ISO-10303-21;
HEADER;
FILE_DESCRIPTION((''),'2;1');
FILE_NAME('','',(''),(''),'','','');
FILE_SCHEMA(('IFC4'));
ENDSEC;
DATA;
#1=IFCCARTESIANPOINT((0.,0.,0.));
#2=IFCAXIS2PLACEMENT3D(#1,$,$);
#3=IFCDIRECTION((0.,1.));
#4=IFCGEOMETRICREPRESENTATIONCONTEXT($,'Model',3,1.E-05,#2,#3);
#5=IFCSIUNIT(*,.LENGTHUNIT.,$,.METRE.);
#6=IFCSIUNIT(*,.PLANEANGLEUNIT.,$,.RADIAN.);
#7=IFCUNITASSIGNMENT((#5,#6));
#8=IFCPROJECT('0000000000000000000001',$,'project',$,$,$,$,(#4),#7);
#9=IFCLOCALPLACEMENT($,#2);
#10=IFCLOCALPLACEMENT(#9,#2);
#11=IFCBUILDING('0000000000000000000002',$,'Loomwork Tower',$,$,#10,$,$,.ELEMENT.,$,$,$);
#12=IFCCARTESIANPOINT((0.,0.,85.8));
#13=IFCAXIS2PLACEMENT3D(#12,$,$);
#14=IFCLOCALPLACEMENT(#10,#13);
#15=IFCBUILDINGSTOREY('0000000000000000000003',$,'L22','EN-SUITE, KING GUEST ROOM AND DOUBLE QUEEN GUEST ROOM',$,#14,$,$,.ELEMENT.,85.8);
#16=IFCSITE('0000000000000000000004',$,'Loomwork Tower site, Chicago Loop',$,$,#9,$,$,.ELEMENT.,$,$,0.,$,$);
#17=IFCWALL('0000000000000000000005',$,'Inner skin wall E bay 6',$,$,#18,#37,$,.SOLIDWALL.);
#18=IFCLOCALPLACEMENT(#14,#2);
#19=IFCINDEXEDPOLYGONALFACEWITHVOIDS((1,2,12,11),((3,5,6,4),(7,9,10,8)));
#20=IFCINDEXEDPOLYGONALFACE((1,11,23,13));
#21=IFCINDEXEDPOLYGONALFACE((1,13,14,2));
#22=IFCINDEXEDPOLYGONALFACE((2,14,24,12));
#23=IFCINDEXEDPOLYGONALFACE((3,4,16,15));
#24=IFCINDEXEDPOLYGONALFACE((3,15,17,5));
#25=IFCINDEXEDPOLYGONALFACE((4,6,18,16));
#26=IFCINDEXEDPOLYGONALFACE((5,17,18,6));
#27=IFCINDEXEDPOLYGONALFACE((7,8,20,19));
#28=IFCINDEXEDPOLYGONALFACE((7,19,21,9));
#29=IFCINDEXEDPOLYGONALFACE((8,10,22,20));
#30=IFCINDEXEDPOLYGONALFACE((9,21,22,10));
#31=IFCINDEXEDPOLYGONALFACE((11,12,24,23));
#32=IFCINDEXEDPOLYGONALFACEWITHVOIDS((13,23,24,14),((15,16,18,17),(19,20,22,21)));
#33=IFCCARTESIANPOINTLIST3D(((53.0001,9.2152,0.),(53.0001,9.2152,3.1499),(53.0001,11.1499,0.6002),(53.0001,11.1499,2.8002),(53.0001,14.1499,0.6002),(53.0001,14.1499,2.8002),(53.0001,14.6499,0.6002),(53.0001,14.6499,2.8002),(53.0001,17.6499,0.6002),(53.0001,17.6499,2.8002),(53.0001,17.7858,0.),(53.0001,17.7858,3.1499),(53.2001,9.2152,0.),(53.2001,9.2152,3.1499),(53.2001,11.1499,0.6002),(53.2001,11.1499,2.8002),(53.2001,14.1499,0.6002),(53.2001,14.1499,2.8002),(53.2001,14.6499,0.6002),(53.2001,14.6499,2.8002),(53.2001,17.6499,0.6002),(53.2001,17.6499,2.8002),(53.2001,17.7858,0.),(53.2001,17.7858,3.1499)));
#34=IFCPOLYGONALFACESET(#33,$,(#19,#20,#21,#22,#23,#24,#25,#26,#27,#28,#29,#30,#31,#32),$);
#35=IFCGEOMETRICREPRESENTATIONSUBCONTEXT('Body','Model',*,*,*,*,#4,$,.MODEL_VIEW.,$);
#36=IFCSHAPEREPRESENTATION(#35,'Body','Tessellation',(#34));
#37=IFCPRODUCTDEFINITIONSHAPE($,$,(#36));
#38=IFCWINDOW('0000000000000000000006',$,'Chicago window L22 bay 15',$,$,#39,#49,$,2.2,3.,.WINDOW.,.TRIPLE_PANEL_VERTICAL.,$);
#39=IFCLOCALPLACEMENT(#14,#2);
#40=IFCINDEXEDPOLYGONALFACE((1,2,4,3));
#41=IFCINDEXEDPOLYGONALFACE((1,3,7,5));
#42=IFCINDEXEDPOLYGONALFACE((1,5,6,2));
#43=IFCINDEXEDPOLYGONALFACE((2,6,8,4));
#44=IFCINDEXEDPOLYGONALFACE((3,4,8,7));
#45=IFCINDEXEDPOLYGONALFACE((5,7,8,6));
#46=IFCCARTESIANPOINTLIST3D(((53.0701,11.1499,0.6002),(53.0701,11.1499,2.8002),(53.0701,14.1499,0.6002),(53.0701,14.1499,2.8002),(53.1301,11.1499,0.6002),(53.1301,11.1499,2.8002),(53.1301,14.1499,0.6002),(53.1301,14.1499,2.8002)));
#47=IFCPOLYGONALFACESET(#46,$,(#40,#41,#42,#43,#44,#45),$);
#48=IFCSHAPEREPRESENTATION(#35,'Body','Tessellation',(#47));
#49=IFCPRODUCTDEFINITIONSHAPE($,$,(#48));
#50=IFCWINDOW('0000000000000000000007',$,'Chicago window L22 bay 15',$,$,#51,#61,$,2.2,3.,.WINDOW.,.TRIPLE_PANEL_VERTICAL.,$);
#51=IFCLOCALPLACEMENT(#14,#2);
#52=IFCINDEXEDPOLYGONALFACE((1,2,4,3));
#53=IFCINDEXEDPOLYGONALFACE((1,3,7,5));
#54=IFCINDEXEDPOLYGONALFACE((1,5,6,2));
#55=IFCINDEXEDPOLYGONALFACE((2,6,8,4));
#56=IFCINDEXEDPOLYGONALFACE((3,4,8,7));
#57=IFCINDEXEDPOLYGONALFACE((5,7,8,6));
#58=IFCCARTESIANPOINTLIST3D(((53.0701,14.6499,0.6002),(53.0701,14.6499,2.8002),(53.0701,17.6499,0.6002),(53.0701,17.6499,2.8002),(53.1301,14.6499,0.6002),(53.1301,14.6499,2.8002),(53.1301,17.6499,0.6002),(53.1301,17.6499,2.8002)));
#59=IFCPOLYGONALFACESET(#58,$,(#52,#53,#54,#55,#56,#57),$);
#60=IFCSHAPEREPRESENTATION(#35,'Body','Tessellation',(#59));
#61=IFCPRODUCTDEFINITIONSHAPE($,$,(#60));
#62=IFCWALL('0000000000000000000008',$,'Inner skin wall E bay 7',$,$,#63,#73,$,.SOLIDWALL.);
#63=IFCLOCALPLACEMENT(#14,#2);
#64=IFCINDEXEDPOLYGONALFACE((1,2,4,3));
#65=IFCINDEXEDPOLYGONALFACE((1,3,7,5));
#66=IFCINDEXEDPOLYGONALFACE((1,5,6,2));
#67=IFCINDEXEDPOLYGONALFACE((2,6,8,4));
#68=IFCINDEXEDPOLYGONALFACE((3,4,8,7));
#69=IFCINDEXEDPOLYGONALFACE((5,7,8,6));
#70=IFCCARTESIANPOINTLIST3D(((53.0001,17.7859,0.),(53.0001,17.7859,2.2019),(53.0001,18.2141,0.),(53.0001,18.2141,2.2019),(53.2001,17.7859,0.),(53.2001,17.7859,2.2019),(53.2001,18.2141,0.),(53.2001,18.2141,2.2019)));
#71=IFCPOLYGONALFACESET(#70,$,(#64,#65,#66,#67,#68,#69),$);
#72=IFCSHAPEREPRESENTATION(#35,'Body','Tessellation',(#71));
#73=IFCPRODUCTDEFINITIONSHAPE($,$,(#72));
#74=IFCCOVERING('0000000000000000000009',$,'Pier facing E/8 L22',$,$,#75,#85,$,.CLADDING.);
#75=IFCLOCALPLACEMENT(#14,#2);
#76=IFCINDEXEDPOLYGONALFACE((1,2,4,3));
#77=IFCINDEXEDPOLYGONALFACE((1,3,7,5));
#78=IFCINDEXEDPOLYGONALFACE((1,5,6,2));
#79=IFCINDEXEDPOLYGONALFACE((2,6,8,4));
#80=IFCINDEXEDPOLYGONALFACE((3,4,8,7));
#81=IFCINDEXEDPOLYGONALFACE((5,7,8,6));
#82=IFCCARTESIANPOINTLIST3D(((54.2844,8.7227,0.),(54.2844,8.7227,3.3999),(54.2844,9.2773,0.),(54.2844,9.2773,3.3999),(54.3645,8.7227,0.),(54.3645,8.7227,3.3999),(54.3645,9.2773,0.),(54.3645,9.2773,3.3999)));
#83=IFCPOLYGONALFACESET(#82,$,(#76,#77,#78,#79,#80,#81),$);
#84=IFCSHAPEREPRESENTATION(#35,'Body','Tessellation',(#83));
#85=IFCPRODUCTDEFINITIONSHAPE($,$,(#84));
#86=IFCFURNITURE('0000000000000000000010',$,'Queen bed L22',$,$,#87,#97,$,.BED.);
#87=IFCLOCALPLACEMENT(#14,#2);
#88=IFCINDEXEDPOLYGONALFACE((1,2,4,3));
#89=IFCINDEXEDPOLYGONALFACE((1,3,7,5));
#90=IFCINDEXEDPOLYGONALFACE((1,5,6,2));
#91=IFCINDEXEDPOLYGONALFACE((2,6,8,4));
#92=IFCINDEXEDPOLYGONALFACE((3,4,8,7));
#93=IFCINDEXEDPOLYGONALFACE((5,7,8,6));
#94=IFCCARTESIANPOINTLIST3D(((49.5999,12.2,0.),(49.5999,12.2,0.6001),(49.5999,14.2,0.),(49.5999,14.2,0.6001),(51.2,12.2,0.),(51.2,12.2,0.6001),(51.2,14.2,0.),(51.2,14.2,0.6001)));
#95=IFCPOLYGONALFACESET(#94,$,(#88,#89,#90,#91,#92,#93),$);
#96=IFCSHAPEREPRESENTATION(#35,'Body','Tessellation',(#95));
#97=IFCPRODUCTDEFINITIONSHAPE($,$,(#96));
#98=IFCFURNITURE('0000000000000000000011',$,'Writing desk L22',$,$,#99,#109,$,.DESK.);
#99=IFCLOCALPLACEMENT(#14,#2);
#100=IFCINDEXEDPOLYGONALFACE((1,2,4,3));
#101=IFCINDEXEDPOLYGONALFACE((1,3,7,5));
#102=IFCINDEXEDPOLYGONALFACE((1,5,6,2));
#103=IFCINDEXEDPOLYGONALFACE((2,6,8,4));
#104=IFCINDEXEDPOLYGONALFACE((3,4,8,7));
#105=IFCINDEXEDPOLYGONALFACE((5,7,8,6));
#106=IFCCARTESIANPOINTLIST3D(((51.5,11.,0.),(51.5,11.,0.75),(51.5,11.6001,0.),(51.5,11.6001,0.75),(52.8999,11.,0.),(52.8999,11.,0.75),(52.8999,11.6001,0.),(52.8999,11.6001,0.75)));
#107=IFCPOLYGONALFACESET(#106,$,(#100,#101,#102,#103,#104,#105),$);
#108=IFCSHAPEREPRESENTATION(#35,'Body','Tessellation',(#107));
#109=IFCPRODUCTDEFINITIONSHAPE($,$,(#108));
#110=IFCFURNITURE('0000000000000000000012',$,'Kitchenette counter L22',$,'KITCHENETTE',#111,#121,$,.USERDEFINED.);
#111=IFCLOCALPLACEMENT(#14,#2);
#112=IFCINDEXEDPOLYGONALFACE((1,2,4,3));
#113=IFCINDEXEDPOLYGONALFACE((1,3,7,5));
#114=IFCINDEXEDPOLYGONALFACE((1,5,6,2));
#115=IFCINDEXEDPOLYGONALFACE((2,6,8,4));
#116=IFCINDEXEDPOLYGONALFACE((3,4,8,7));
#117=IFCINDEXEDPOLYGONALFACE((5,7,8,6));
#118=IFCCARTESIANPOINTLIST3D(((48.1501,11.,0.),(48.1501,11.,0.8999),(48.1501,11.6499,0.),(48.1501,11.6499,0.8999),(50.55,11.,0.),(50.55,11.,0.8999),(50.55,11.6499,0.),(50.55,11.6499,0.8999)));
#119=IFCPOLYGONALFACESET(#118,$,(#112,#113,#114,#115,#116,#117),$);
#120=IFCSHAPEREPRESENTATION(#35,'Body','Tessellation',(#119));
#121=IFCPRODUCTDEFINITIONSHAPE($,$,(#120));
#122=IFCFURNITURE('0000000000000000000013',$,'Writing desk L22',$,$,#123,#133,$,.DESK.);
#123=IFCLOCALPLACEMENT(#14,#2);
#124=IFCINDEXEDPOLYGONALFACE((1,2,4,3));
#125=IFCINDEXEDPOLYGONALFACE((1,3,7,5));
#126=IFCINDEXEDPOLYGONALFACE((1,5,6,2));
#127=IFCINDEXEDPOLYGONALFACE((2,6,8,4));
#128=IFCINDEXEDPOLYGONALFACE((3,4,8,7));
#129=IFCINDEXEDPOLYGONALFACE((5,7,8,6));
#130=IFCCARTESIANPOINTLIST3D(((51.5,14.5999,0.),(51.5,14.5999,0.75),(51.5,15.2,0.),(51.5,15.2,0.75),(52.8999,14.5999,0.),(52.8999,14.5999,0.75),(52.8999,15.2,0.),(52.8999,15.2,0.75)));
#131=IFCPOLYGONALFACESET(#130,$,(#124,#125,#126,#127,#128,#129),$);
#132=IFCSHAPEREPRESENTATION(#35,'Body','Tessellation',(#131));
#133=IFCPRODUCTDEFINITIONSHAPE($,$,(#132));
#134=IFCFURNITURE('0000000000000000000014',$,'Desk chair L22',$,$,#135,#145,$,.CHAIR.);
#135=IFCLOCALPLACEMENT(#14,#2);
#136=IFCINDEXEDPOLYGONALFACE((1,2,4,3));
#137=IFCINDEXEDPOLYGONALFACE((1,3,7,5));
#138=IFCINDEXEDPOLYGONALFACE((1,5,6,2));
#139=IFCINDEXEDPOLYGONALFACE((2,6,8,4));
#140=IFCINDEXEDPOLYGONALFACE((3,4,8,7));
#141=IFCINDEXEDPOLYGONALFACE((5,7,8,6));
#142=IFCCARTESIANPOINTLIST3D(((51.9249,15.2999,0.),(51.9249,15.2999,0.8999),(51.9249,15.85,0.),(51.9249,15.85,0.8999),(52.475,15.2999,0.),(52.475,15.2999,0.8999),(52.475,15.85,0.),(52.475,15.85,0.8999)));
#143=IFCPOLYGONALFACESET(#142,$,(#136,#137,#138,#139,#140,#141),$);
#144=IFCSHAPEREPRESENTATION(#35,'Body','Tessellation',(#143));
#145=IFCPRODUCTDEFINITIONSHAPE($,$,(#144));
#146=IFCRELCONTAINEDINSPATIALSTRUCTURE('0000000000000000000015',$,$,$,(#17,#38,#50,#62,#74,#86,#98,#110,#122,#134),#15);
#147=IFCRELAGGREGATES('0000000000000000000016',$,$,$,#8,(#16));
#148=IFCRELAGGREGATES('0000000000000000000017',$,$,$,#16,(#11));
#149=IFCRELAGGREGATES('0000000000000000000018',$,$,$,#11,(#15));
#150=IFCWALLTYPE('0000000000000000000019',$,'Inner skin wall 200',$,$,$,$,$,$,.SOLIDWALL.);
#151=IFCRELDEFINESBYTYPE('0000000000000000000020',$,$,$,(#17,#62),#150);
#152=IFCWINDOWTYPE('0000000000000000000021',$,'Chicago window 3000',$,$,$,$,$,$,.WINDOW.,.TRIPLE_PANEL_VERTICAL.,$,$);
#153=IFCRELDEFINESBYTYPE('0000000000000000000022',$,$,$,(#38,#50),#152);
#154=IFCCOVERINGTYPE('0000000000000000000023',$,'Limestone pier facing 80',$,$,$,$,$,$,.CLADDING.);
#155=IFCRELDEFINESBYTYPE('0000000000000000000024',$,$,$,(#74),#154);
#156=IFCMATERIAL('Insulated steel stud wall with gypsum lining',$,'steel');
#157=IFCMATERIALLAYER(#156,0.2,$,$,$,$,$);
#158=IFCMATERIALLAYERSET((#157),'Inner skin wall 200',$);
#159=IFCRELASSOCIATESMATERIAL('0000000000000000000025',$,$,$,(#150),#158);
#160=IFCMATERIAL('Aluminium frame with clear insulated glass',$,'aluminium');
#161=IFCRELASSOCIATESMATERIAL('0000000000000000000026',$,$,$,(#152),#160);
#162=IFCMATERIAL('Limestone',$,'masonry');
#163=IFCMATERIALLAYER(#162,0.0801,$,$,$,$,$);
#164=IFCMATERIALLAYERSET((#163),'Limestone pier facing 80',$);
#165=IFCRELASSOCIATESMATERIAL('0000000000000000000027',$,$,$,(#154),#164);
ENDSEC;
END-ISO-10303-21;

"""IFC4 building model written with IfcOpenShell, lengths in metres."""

from ifc_helpers import new_model, si_unit, direction, frame, frame_2d, origin, origin_2d, place, context, subcontext, project, spatial, rectangle, extrude, material, layer, layer_set, type_object, element, fill, save


model = new_model("IFC4")

# Units and contexts
model_context = context("Model", 3, precision=1e-05, world=origin(), true_north=direction((0.0, 1.0)))
body_context = subcontext(model_context, "Body", "Model", "MODEL_VIEW")
ifc_project = project(units=[si_unit("LENGTHUNIT", "METRE"), si_unit("PLANEANGLEUNIT", "RADIAN")], contexts=[model_context])

# Site, building, storey
site_placement = place(None, origin())
site = spatial("IfcSite", under=ifc_project, at=site_placement, Name="Loomwork Tower site, Chicago Loop", CompositionType="ELEMENT", RefElevation=0.0)
building_placement = place(site_placement, origin())
building = spatial("IfcBuilding", under=site, at=building_placement, Name="Loomwork Tower", CompositionType="ELEMENT")
storey_placement = place(building_placement, frame((0.0, 0.0, 85.8)))
storey = spatial("IfcBuildingStorey", under=building, at=storey_placement, Name="L22", Description="EN-SUITE, KING GUEST ROOM AND DOUBLE QUEEN GUEST ROOM", CompositionType="ELEMENT", Elevation=85.8)

# Shared definitions
ifc_material_1 = material(Name="Insulated steel stud wall with gypsum lining", Category="steel")
ifc_layer_1 = layer(ifc_material_1, 0.2)
ifc_layer_set_1 = layer_set([ifc_layer_1], Name="Inner skin wall 200")
wall_type = type_object("IfcWallType", Name="Inner skin wall 200", PredefinedType="SOLIDWALL", material=ifc_layer_set_1)

# Wall, openings, windows
wall_1_placement = place(storey_placement, frame((53.1001, 9.2153, 0.0), z_axis=(0.0, 0.0, 1.0), x_axis=(0.0, 1.0, 0.0)))
wall_1 = element("IfcWall", 1, at=wall_1_placement, inside=storey, type_object=wall_type, Name="Inner skin wall E bay 6", PredefinedType="SOLIDWALL", context=body_context, shape_type="SweptSolid", body=[
    extrude(rectangle(XDim=8.5706, YDim=0.2, at=frame_2d((4.2852, 0.0))), origin(), (0.0, 0.0, 1.0), 3.1499),
])
opening_1_placement = place(wall_1_placement, frame((1.9346, 0.0, 0.6001)))
opening_1 = element("IfcOpeningElement", 2, at=opening_1_placement, cuts=wall_1, PredefinedType="OPENING", context=body_context, shape_type="SweptSolid", body=[
    extrude(rectangle(XDim=3.0, YDim=2.2, at=frame_2d((1.5, 1.1001))), frame((0.0, 0.1099, 0.0), z_axis=(0.0, -1.0, 0.0), x_axis=(1.0, 0.0, 0.0)), (0.0, 0.0, 1.0), 0.22),
])
opening_2_placement = place(wall_1_placement, frame((5.4346, 0.0, 0.6001)))
opening_2 = element("IfcOpeningElement", 3, at=opening_2_placement, cuts=wall_1, PredefinedType="OPENING", context=body_context, shape_type="SweptSolid", body=[
    extrude(rectangle(XDim=3.0, YDim=2.2, at=frame_2d((1.5, 1.1001))), frame((0.0, 0.1099, 0.0), z_axis=(0.0, -1.0, 0.0), x_axis=(1.0, 0.0, 0.0)), (0.0, 0.0, 1.0), 0.22),
])
ifc_material_2 = material(Name="Aluminium frame with clear insulated glass", Category="aluminium")
window_type = type_object("IfcWindowType", Name="Chicago window 3000", PartitioningType="TRIPLE_PANEL_VERTICAL", PredefinedType="WINDOW", material=ifc_material_2)
window_1_placement = place(opening_1_placement, origin())
window_1 = element("IfcWindow", 4, at=window_1_placement, inside=storey, type_object=window_type, Name="Chicago window L22 bay 15", OverallHeight=2.2, OverallWidth=3.0, PartitioningType="TRIPLE_PANEL_VERTICAL", PredefinedType="WINDOW", context=body_context, shape_type="SweptSolid", body=[
    extrude(rectangle(XDim=3.0, YDim=2.2, at=frame_2d((1.5, 1.1001))), frame((0.0, 0.03, 0.0), z_axis=(0.0, -1.0, 0.0), x_axis=(1.0, 0.0, 0.0)), (0.0, 0.0, 1.0), 0.0601),
])
fill(opening_1, window_1)
window_2_placement = place(opening_2_placement, origin())
window_2 = element("IfcWindow", 5, at=window_2_placement, inside=storey, type_object=window_type, Name="Chicago window L22 bay 15", OverallHeight=2.2, OverallWidth=3.0, PartitioningType="TRIPLE_PANEL_VERTICAL", PredefinedType="WINDOW", context=body_context, shape_type="SweptSolid", body=[
    extrude(rectangle(XDim=3.0, YDim=2.2, at=frame_2d((1.5, 1.1001))), frame((0.0, 0.03, 0.0), z_axis=(0.0, -1.0, 0.0), x_axis=(1.0, 0.0, 0.0)), (0.0, 0.0, 1.0), 0.0601),
])
fill(opening_2, window_2)

# Wall
wall_2_placement = place(storey_placement, frame((53.1001, 17.7859, 0.0), z_axis=(0.0, 0.0, 1.0), x_axis=(0.0, 1.0, 0.0)))
element("IfcWall", 6, at=wall_2_placement, inside=storey, type_object=wall_type, Name="Inner skin wall E bay 7", PredefinedType="SOLIDWALL", context=body_context, shape_type="SweptSolid", body=[
    extrude(rectangle(XDim=0.4282, YDim=0.2, at=frame_2d((0.2141, 0.0))), origin(), (0.0, 0.0, 1.0), 2.2019),
])

# Covering
ifc_material_3 = material(Name="Limestone", Category="masonry")
ifc_layer_2 = layer(ifc_material_3, 0.0801)
ifc_layer_set_2 = layer_set([ifc_layer_2], Name="Limestone pier facing 80")
covering_type = type_object("IfcCoveringType", Name="Limestone pier facing 80", PredefinedType="CLADDING", material=ifc_layer_set_2)
covering_placement = place(storey_placement, frame((54.3245, 9.0, 0.0), z_axis=(0.0, 0.0, 1.0), x_axis=(1.0, 0.0, 0.0)))
element("IfcCovering", 7, at=covering_placement, inside=storey, type_object=covering_type, Name="Pier facing E/8 L22", PredefinedType="CLADDING", context=body_context, shape_type="SweptSolid", body=[
    extrude(rectangle(XDim=0.0801, YDim=0.5547, at=origin_2d()), origin(), (0.0, 0.0, 1.0), 3.3999),
])

# Furniture
furniture_1_placement = place(storey_placement, frame((50.3999, 13.2, 0.0), z_axis=(0.0, 0.0, 1.0), x_axis=(1.0, 0.0, 0.0)))
element("IfcFurniture", 8, at=furniture_1_placement, inside=storey, Name="Queen bed L22", PredefinedType="BED", context=body_context, shape_type="SweptSolid", body=[
    extrude(rectangle(XDim=1.6001, YDim=2.0, at=origin_2d()), origin(), (0.0, 0.0, 1.0), 0.6001),
])
furniture_2_placement = place(storey_placement, frame((52.2, 11.3, 0.0), z_axis=(0.0, 0.0, 1.0), x_axis=(1.0, 0.0, 0.0)))
element("IfcFurniture", 9, at=furniture_2_placement, inside=storey, Name="Writing desk L22", PredefinedType="DESK", context=body_context, shape_type="SweptSolid", body=[
    extrude(rectangle(XDim=1.3999, YDim=0.6001, at=origin_2d()), origin(), (0.0, 0.0, 1.0), 0.75),
])
furniture_3_placement = place(storey_placement, frame((49.3501, 11.325, 0.0), z_axis=(0.0, 0.0, 1.0), x_axis=(1.0, 0.0, 0.0)))
element("IfcFurniture", 10, at=furniture_3_placement, inside=storey, Name="Kitchenette counter L22", ObjectType="KITCHENETTE", PredefinedType="USERDEFINED", context=body_context, shape_type="SweptSolid", body=[
    extrude(rectangle(XDim=2.3999, YDim=0.6499, at=origin_2d()), origin(), (0.0, 0.0, 1.0), 0.8999),
])
furniture_4_placement = place(storey_placement, frame((52.2, 14.8999, 0.0), z_axis=(0.0, 0.0, 1.0), x_axis=(1.0, 0.0, 0.0)))
element("IfcFurniture", 11, at=furniture_4_placement, inside=storey, Name="Writing desk L22", PredefinedType="DESK", context=body_context, shape_type="SweptSolid", body=[
    extrude(rectangle(XDim=1.3999, YDim=0.6001, at=origin_2d()), origin(), (0.0, 0.0, 1.0), 0.75),
])
furniture_5_placement = place(storey_placement, frame((52.2, 15.575, 0.0), z_axis=(0.0, 0.0, 1.0), x_axis=(1.0, 0.0, 0.0)))
element("IfcFurniture", 12, at=furniture_5_placement, inside=storey, Name="Desk chair L22", PredefinedType="CHAIR", context=body_context, shape_type="SweptSolid", body=[
    extrude(rectangle(XDim=0.55, YDim=0.55, at=origin_2d()), origin(), (0.0, 0.0, 1.0), 0.8999),
])

save(model, "model.ifc")
